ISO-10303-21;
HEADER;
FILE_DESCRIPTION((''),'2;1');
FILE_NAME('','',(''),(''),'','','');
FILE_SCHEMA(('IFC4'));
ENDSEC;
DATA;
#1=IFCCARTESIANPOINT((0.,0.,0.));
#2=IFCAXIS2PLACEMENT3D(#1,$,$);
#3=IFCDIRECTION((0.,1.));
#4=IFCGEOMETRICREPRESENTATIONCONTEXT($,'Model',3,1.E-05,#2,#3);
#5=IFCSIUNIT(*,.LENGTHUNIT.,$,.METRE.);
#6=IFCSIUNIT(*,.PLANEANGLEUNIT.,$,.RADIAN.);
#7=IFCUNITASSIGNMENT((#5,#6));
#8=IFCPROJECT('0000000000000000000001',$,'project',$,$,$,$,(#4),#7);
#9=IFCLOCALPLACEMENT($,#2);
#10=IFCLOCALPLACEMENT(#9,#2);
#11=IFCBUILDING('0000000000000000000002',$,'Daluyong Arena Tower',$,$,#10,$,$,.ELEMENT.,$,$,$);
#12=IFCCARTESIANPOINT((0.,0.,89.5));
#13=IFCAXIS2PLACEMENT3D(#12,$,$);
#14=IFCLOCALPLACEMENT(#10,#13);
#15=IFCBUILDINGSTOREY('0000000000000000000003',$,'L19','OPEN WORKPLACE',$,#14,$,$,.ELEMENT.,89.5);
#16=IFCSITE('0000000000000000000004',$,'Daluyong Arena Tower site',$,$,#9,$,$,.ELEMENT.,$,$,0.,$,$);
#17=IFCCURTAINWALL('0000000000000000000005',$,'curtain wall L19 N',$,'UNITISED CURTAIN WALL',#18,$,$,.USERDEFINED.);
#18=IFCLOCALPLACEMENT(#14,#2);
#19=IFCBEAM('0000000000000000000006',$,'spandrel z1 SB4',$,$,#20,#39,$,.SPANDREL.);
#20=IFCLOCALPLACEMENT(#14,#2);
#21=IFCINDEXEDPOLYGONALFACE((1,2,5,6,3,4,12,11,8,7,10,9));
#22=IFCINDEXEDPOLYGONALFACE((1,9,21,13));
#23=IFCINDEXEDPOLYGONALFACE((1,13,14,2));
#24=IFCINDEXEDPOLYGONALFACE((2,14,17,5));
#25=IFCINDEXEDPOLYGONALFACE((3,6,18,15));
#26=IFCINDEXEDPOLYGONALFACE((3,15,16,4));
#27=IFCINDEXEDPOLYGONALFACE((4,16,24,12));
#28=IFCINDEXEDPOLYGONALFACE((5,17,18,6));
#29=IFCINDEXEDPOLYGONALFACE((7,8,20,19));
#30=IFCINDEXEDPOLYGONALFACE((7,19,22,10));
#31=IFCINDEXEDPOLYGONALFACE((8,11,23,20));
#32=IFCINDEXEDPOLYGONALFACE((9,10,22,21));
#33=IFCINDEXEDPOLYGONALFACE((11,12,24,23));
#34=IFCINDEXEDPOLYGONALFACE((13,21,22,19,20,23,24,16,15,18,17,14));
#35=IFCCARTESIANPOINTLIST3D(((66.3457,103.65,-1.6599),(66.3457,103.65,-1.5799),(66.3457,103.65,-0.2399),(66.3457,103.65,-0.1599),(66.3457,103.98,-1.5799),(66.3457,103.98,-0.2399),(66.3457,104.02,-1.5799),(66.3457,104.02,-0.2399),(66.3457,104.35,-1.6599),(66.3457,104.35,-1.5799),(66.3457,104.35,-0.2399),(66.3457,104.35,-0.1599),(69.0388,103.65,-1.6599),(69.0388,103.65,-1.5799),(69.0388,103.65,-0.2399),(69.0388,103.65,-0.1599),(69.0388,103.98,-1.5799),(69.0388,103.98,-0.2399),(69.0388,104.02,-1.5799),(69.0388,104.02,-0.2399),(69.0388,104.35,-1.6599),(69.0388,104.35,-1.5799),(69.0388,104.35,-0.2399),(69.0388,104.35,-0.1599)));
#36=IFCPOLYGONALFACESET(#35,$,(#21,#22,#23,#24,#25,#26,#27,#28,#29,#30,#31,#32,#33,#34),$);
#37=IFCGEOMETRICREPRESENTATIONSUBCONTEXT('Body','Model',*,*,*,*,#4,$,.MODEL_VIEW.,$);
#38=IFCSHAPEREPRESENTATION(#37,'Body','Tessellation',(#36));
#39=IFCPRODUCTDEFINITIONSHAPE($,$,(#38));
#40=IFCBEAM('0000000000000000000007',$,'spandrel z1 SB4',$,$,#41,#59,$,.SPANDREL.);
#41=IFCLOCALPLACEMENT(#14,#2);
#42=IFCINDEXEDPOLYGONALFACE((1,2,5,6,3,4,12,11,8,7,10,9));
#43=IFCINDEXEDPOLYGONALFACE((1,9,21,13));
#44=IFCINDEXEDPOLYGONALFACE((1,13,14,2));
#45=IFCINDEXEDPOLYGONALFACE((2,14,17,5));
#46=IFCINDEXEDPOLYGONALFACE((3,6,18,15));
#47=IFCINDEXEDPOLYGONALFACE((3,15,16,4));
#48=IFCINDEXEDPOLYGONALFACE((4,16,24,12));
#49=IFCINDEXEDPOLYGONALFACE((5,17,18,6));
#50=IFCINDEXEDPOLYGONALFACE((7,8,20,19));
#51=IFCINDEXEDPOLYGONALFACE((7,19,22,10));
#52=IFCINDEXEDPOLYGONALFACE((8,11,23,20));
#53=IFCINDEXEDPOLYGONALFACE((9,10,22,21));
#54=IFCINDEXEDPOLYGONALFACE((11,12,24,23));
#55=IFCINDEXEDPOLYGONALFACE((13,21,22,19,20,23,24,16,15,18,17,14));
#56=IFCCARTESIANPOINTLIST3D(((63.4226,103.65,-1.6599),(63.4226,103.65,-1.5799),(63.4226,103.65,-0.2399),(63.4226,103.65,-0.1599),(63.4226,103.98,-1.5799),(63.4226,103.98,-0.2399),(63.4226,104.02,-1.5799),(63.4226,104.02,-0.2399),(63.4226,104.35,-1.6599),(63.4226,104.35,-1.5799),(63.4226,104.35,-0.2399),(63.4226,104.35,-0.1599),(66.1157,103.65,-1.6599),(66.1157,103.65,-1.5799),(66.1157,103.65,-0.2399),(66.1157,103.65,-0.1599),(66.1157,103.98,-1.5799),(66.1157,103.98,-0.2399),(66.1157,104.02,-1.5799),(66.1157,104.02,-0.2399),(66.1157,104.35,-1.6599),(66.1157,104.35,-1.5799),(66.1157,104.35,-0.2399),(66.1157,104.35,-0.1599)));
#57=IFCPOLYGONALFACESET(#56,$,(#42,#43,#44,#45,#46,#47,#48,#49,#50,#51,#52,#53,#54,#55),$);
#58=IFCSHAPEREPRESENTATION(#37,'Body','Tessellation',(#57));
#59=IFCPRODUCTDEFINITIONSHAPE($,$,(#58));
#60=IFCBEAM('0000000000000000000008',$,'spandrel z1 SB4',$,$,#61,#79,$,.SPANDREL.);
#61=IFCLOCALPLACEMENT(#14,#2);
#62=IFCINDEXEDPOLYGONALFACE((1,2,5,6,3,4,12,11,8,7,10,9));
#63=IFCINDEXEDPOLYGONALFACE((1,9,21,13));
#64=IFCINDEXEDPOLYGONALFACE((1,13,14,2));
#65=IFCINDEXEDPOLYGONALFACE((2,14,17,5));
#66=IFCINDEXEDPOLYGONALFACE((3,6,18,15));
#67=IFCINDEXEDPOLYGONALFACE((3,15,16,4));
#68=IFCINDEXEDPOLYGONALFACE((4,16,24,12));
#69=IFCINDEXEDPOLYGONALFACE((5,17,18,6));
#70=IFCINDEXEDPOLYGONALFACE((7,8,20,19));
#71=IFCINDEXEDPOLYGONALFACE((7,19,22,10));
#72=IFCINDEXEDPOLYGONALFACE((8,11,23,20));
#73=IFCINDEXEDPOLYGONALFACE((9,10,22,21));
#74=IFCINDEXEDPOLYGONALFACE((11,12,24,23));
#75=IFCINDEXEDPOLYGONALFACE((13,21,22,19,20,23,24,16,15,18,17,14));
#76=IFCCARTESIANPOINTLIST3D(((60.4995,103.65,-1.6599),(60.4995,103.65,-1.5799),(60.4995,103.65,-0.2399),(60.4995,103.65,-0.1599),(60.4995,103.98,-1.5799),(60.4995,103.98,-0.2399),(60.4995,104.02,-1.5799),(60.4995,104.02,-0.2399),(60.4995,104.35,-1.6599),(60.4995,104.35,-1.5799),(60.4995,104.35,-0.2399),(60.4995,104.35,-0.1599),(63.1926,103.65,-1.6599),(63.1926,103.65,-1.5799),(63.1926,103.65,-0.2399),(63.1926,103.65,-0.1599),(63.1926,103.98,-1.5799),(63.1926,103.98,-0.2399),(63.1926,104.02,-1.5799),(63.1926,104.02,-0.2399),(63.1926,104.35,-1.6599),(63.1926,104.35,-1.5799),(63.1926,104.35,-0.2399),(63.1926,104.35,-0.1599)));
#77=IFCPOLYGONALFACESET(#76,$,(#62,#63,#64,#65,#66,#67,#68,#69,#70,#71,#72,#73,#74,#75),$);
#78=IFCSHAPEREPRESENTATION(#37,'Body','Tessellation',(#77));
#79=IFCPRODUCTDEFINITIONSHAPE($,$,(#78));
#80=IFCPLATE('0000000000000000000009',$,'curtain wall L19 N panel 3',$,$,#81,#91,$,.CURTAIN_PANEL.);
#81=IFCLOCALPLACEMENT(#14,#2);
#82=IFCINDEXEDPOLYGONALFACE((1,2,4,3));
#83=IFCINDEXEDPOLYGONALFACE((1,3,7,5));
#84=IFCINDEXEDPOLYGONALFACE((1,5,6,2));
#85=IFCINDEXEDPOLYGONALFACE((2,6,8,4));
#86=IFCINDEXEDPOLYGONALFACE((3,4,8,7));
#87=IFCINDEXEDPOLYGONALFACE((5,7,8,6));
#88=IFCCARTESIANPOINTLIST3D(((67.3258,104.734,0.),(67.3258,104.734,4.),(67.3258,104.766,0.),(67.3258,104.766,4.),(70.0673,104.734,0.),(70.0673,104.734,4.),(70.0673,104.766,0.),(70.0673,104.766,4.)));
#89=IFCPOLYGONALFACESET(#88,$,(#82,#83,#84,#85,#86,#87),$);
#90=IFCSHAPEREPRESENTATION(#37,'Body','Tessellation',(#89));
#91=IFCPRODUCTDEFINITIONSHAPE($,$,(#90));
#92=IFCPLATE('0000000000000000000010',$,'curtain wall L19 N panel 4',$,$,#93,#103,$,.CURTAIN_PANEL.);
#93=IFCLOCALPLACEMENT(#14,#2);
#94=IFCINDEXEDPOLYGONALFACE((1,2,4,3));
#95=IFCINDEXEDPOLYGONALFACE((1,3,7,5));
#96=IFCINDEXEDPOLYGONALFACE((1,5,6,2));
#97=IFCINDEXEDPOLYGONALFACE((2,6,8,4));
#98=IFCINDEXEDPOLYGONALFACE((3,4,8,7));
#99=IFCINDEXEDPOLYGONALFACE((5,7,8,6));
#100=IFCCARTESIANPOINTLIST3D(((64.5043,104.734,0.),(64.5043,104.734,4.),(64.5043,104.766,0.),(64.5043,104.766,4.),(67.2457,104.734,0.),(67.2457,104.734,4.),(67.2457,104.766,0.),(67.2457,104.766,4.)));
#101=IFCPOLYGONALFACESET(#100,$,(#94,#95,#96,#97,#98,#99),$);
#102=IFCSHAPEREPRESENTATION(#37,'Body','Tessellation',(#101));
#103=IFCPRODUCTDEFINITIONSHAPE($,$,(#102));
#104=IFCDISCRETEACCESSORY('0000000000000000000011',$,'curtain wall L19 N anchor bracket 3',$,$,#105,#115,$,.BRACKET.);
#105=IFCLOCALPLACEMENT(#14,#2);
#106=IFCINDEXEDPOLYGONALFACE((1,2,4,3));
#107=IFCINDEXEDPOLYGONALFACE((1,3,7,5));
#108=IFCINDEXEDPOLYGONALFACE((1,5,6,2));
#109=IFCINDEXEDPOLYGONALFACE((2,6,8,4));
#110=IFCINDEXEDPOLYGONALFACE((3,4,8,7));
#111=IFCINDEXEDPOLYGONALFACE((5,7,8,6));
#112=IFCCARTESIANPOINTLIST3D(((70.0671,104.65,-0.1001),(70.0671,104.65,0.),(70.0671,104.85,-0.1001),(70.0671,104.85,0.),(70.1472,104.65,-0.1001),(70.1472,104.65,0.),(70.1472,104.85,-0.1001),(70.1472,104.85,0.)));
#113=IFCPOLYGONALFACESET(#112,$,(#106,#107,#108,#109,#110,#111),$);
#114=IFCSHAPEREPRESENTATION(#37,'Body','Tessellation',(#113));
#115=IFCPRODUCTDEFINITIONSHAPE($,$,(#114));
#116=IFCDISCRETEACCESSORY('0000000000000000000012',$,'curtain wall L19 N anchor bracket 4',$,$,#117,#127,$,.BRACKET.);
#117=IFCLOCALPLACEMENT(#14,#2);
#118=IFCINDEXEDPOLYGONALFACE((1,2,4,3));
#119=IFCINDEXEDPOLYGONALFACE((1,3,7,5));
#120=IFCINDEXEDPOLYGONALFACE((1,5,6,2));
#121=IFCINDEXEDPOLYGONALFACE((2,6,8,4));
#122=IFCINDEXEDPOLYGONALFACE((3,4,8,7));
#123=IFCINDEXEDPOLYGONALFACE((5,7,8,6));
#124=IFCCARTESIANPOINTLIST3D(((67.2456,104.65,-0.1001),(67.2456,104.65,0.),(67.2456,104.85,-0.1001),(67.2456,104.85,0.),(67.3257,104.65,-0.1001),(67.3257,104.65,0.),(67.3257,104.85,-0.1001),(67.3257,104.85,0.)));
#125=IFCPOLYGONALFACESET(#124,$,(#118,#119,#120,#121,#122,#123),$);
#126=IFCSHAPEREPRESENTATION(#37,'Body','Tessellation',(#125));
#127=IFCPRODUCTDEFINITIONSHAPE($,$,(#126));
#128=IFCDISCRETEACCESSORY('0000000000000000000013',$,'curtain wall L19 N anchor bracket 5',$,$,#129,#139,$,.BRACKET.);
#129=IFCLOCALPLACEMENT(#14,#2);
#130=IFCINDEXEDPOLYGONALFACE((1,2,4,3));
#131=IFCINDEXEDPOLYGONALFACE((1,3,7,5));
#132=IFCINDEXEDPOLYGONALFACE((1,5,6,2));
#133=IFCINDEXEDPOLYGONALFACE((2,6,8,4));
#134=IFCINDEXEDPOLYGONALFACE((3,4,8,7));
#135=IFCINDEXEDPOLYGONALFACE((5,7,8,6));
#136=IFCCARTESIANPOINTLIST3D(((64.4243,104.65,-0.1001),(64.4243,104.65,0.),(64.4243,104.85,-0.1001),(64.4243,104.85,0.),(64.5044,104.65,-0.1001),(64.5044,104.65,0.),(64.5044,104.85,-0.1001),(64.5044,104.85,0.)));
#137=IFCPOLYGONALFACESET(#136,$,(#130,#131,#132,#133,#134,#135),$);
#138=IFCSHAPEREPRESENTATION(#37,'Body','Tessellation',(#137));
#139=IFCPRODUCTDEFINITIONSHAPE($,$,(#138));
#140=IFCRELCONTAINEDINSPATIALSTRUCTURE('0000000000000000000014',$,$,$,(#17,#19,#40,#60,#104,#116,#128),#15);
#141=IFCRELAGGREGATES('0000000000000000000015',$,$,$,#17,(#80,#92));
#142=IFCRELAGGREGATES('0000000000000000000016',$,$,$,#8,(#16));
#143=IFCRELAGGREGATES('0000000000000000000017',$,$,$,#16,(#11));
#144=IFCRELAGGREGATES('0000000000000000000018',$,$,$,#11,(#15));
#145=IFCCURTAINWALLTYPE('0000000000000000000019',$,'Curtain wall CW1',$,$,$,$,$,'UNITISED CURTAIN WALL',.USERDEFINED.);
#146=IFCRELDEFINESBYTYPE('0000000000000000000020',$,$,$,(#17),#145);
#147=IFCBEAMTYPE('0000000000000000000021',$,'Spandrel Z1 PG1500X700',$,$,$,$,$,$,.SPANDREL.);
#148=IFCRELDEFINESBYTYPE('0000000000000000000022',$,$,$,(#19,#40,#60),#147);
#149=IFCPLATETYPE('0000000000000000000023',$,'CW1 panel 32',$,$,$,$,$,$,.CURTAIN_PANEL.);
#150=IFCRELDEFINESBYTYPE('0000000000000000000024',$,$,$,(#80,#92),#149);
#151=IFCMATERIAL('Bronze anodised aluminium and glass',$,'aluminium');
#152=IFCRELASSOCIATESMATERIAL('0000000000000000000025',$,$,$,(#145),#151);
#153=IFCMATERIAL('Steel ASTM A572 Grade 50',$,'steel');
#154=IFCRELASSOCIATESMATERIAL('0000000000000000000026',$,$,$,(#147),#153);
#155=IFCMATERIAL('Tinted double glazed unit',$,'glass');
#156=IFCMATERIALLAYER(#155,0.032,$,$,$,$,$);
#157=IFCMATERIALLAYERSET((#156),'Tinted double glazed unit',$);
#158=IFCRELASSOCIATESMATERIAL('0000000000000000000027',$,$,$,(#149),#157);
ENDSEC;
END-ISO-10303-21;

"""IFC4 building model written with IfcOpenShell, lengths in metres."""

from ifc_helpers import new_model, si_unit, direction, frame, origin, origin_2d, place, context, subcontext, project, spatial, rectangle, i_section, extrude, material, layer, layer_set, material_profile, profile_set, type_object, element, aggregate, save


model = new_model("IFC4")

# Units and contexts
model_context = context("Model", 3, precision=1e-05, world=origin(), true_north=direction((0.0, 1.0)))
body_context = subcontext(model_context, "Body", "Model", "MODEL_VIEW")
ifc_project = project(units=[si_unit("LENGTHUNIT", "METRE"), si_unit("PLANEANGLEUNIT", "RADIAN")], contexts=[model_context])

# Site, building, storey
site_placement = place(None, origin())
site = spatial("IfcSite", under=ifc_project, at=site_placement, Name="Daluyong Arena Tower site", CompositionType="ELEMENT", RefElevation=0.0)
building_placement = place(site_placement, origin())
building = spatial("IfcBuilding", under=site, at=building_placement, Name="Daluyong Arena Tower", CompositionType="ELEMENT")
storey_placement = place(building_placement, frame((0.0, 0.0, 89.5)))
storey = spatial("IfcBuildingStorey", under=building, at=storey_placement, Name="L19", Description="OPEN WORKPLACE", CompositionType="ELEMENT", Elevation=89.5)

# Curtain wall
ifc_material_1 = material(Name="Bronze anodised aluminium and glass", Category="aluminium")
curtain_wall_type = type_object("IfcCurtainWallType", Name="Curtain wall CW1", ElementType="UNITISED CURTAIN WALL", PredefinedType="USERDEFINED", material=ifc_material_1)
curtain_wall_placement = place(storey_placement, origin())
curtain_wall = element("IfcCurtainWall", 1, at=curtain_wall_placement, inside=storey, type_object=curtain_wall_type, Name="curtain wall L19 N", ObjectType="UNITISED CURTAIN WALL", PredefinedType="USERDEFINED")

# Beams
ifc_material_2 = material(Name="Steel ASTM A572 Grade 50", Category="steel")
ifc_material_profile_1 = material_profile(ifc_material_2, i_section(OverallWidth=0.7, OverallDepth=1.5, WebThickness=0.04, FlangeThickness=0.08, at=origin_2d()))
ifc_profile_set_1 = profile_set([ifc_material_profile_1], Name="Steel ASTM A572 Grade 50")
beam_type_1 = type_object("IfcBeamType", Name="Spandrel Z1 PG1500X700", PredefinedType="SPANDREL", material=ifc_profile_set_1)
for number, where, z_axis, x_axis, name in (
    (2, (69.0388, 104.0, -0.9099), (-1.0, 0.0, 0.0), (0.0, -1.0, 0.0), "spandrel z1 SB4"),
    (3, (66.1157, 104.0, -0.9099), (-1.0, 0.0, 0.0), (0.0, -1.0, 0.0), "spandrel z1 SB4"),
    (4, (63.1926, 104.0, -0.9099), (-1.0, 0.0, 0.0), (0.0, -1.0, 0.0), "spandrel z1 SB4"),
):
    element("IfcBeam", number, at=place(storey_placement, frame(where, z_axis=z_axis, x_axis=x_axis)), inside=storey, type_object=beam_type_1, Name=name, PredefinedType="SPANDREL", context=body_context, shape_type="SweptSolid", body=[
        extrude(i_section(OverallWidth=0.7, OverallDepth=1.5, WebThickness=0.04, FlangeThickness=0.08, at=origin_2d()), origin(), (0.0, 0.0, 1.0), 2.6931),
    ])

# Plates
ifc_material_3 = material(Name="Tinted double glazed unit", Category="glass")
ifc_layer = layer(ifc_material_3, 0.032)
ifc_layer_set = layer_set([ifc_layer], Name="Tinted double glazed unit")
plate_type = type_object("IfcPlateType", Name="CW1 panel 32", PredefinedType="CURTAIN_PANEL", material=ifc_layer_set)
plate_1_placement = place(storey_placement, frame((68.6965, 104.75, 0.0), z_axis=(0.0, 0.0, 1.0), x_axis=(-1.0, 0.0, 0.0)))
plate_1 = element("IfcPlate", 5, at=plate_1_placement, type_object=plate_type, Name="curtain wall L19 N panel 3", PredefinedType="CURTAIN_PANEL", context=body_context, shape_type="SweptSolid", body=[
    extrude(rectangle(XDim=2.7415, YDim=0.032, at=origin_2d()), origin(), (0.0, 0.0, 1.0), 4.0),
])
plate_2_placement = place(storey_placement, frame((65.875, 104.75, 0.0), z_axis=(0.0, 0.0, 1.0), x_axis=(-1.0, 0.0, 0.0)))
plate_2 = element("IfcPlate", 6, at=plate_2_placement, type_object=plate_type, Name="curtain wall L19 N panel 4", PredefinedType="CURTAIN_PANEL", context=body_context, shape_type="SweptSolid", body=[
    extrude(rectangle(XDim=2.7415, YDim=0.032, at=origin_2d()), origin(), (0.0, 0.0, 1.0), 4.0),
])
aggregate(curtain_wall, [plate_1, plate_2])

# Discrete accessories
for number, where, z_axis, x_axis, name in (
    (7, (70.1072, 104.75, -0.1001), (0.0, 0.0, 1.0), (-1.0, 0.0, 0.0), "curtain wall L19 N anchor bracket 3"),
    (8, (67.2856, 104.75, -0.1001), (0.0, 0.0, 1.0), (-1.0, 0.0, 0.0), "curtain wall L19 N anchor bracket 4"),
    (9, (64.4644, 104.75, -0.1001), (0.0, 0.0, 1.0), (-1.0, 0.0, 0.0), "curtain wall L19 N anchor bracket 5"),
):
    element("IfcDiscreteAccessory", number, at=place(storey_placement, frame(where, z_axis=z_axis, x_axis=x_axis)), inside=storey, Name=name, PredefinedType="BRACKET", context=body_context, shape_type="SweptSolid", body=[
        extrude(rectangle(XDim=0.0801, YDim=0.2, at=origin_2d()), origin(), (0.0, 0.0, 1.0), 0.1001),
    ])

save(model, "model.ifc")
